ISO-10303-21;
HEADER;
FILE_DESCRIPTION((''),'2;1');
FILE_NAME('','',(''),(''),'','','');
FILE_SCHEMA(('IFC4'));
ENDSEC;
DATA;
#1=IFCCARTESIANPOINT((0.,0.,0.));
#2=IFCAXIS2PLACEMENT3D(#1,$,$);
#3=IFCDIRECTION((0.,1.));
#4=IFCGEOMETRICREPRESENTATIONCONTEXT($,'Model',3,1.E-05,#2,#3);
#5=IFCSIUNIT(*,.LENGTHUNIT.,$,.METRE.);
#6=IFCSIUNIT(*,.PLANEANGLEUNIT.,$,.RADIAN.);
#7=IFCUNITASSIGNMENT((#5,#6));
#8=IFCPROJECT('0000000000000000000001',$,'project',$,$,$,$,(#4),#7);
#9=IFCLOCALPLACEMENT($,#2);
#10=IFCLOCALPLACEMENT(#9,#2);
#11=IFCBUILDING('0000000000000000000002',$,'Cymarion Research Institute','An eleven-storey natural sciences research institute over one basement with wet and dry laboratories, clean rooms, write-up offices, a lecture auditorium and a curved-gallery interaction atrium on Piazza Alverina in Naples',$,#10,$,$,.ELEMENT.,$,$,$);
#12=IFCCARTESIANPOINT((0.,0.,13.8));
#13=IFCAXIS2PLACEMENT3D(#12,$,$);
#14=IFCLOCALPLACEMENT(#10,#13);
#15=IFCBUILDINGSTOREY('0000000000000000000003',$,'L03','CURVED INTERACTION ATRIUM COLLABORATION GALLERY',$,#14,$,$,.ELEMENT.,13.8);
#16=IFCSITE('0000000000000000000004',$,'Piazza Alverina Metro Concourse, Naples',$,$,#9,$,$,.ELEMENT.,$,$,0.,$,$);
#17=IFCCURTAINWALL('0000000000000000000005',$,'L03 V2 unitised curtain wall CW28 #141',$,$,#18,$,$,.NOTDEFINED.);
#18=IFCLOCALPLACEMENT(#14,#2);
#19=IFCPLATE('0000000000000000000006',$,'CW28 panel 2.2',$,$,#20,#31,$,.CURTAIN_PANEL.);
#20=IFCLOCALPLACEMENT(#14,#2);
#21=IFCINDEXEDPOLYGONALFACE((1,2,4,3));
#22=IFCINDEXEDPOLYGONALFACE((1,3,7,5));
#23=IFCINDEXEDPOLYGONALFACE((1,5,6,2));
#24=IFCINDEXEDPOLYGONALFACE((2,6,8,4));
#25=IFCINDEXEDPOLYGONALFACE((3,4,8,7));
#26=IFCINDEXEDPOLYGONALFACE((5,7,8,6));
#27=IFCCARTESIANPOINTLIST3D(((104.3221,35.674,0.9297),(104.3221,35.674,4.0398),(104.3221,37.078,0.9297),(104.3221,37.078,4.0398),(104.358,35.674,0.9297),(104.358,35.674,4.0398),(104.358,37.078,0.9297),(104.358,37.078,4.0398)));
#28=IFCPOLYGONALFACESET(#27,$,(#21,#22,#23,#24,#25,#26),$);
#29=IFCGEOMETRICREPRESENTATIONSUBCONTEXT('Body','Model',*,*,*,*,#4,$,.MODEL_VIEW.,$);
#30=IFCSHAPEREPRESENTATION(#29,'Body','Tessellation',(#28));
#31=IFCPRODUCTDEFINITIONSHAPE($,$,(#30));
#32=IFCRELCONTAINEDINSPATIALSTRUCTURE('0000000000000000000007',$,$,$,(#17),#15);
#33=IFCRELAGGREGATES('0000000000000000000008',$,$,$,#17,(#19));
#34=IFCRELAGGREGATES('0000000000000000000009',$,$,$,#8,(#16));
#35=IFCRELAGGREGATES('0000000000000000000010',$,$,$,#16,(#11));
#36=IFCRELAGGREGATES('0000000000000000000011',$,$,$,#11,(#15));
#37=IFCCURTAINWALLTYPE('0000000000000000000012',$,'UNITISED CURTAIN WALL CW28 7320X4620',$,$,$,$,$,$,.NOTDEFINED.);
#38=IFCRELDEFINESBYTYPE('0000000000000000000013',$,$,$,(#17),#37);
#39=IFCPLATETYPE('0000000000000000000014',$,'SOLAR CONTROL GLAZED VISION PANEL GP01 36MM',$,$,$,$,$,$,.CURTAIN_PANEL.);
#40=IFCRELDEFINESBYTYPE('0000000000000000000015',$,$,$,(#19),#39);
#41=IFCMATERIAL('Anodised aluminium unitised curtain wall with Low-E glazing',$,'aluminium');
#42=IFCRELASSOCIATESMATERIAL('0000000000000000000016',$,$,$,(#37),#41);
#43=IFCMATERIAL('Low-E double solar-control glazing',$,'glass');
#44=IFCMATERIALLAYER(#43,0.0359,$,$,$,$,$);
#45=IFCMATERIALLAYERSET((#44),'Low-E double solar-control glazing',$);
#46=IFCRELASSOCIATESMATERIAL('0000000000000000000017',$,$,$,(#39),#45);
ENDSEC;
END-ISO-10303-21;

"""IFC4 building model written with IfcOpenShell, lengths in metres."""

from ifc_helpers import new_model, si_unit, direction, frame, origin, origin_2d, place, context, subcontext, project, spatial, rectangle, extrude, material, layer, layer_set, type_object, element, aggregate, save


model = new_model("IFC4")

# Units and contexts
model_context = context("Model", 3, precision=1e-05, world=origin(), true_north=direction((0.0, 1.0)))
body_context = subcontext(model_context, "Body", "Model", "MODEL_VIEW")
ifc_project = project(units=[si_unit("LENGTHUNIT", "METRE"), si_unit("PLANEANGLEUNIT", "RADIAN")], contexts=[model_context])

# Site, building, storey
site_placement = place(None, origin())
site = spatial("IfcSite", under=ifc_project, at=site_placement, Name="Piazza Alverina Metro Concourse, Naples", CompositionType="ELEMENT", RefElevation=0.0)
building_placement = place(site_placement, origin())
building = spatial("IfcBuilding", under=site, at=building_placement, Name="Cymarion Research Institute", Description="An eleven-storey natural sciences research institute over one basement with wet and dry laboratories, clean rooms, write-up offices, a lecture auditorium and a curved-gallery interaction atrium on Piazza Alverina in Naples", CompositionType="ELEMENT")
storey_placement = place(building_placement, frame((0.0, 0.0, 13.8)))
storey = spatial("IfcBuildingStorey", under=building, at=storey_placement, Name="L03", Description="CURVED INTERACTION ATRIUM COLLABORATION GALLERY", CompositionType="ELEMENT", Elevation=13.8)

# Shared definitions
ifc_material_1 = material(Name="Anodised aluminium unitised curtain wall with Low-E glazing", Category="aluminium")
curtain_wall_type = type_object("IfcCurtainWallType", Name="UNITISED CURTAIN WALL CW28 7320X4620", PredefinedType="NOTDEFINED", material=ifc_material_1)

# Curtain wall
curtain_wall_1_placement = place(storey_placement, origin())
curtain_wall_1 = element("IfcCurtainWall", 1, at=curtain_wall_1_placement, inside=storey, type_object=curtain_wall_type, Name="L03 V2 unitised curtain wall CW28 #141", PredefinedType="NOTDEFINED")

# Plate
ifc_material_2 = material(Name="Low-E double solar-control glazing", Category="glass")
ifc_layer_1 = layer(ifc_material_2, 0.0359)
ifc_layer_set_1 = layer_set([ifc_layer_1], Name="Low-E double solar-control glazing")
plate_type_1 = type_object("IfcPlateType", Name="SOLAR CONTROL GLAZED VISION PANEL GP01 36MM", PredefinedType="CURTAIN_PANEL", material=ifc_layer_set_1)
plate_1_placement = place(storey_placement, frame((104.3401, 36.376, 0.9297), z_axis=(0.0, 0.0, 1.0), x_axis=(0.0, 1.0, 0.0)))
plate_1 = element("IfcPlate", 2, at=plate_1_placement, type_object=plate_type_1, Name="CW28 panel 2.2", PredefinedType="CURTAIN_PANEL", context=body_context, shape_type="SweptSolid", body=[
    extrude(rectangle(XDim=1.4041, YDim=0.0359, at=origin_2d()), origin(), (0.0, 0.0, 1.0), 3.1101),
])
aggregate(curtain_wall_1, [plate_1])

save(model, "model.ifc")
